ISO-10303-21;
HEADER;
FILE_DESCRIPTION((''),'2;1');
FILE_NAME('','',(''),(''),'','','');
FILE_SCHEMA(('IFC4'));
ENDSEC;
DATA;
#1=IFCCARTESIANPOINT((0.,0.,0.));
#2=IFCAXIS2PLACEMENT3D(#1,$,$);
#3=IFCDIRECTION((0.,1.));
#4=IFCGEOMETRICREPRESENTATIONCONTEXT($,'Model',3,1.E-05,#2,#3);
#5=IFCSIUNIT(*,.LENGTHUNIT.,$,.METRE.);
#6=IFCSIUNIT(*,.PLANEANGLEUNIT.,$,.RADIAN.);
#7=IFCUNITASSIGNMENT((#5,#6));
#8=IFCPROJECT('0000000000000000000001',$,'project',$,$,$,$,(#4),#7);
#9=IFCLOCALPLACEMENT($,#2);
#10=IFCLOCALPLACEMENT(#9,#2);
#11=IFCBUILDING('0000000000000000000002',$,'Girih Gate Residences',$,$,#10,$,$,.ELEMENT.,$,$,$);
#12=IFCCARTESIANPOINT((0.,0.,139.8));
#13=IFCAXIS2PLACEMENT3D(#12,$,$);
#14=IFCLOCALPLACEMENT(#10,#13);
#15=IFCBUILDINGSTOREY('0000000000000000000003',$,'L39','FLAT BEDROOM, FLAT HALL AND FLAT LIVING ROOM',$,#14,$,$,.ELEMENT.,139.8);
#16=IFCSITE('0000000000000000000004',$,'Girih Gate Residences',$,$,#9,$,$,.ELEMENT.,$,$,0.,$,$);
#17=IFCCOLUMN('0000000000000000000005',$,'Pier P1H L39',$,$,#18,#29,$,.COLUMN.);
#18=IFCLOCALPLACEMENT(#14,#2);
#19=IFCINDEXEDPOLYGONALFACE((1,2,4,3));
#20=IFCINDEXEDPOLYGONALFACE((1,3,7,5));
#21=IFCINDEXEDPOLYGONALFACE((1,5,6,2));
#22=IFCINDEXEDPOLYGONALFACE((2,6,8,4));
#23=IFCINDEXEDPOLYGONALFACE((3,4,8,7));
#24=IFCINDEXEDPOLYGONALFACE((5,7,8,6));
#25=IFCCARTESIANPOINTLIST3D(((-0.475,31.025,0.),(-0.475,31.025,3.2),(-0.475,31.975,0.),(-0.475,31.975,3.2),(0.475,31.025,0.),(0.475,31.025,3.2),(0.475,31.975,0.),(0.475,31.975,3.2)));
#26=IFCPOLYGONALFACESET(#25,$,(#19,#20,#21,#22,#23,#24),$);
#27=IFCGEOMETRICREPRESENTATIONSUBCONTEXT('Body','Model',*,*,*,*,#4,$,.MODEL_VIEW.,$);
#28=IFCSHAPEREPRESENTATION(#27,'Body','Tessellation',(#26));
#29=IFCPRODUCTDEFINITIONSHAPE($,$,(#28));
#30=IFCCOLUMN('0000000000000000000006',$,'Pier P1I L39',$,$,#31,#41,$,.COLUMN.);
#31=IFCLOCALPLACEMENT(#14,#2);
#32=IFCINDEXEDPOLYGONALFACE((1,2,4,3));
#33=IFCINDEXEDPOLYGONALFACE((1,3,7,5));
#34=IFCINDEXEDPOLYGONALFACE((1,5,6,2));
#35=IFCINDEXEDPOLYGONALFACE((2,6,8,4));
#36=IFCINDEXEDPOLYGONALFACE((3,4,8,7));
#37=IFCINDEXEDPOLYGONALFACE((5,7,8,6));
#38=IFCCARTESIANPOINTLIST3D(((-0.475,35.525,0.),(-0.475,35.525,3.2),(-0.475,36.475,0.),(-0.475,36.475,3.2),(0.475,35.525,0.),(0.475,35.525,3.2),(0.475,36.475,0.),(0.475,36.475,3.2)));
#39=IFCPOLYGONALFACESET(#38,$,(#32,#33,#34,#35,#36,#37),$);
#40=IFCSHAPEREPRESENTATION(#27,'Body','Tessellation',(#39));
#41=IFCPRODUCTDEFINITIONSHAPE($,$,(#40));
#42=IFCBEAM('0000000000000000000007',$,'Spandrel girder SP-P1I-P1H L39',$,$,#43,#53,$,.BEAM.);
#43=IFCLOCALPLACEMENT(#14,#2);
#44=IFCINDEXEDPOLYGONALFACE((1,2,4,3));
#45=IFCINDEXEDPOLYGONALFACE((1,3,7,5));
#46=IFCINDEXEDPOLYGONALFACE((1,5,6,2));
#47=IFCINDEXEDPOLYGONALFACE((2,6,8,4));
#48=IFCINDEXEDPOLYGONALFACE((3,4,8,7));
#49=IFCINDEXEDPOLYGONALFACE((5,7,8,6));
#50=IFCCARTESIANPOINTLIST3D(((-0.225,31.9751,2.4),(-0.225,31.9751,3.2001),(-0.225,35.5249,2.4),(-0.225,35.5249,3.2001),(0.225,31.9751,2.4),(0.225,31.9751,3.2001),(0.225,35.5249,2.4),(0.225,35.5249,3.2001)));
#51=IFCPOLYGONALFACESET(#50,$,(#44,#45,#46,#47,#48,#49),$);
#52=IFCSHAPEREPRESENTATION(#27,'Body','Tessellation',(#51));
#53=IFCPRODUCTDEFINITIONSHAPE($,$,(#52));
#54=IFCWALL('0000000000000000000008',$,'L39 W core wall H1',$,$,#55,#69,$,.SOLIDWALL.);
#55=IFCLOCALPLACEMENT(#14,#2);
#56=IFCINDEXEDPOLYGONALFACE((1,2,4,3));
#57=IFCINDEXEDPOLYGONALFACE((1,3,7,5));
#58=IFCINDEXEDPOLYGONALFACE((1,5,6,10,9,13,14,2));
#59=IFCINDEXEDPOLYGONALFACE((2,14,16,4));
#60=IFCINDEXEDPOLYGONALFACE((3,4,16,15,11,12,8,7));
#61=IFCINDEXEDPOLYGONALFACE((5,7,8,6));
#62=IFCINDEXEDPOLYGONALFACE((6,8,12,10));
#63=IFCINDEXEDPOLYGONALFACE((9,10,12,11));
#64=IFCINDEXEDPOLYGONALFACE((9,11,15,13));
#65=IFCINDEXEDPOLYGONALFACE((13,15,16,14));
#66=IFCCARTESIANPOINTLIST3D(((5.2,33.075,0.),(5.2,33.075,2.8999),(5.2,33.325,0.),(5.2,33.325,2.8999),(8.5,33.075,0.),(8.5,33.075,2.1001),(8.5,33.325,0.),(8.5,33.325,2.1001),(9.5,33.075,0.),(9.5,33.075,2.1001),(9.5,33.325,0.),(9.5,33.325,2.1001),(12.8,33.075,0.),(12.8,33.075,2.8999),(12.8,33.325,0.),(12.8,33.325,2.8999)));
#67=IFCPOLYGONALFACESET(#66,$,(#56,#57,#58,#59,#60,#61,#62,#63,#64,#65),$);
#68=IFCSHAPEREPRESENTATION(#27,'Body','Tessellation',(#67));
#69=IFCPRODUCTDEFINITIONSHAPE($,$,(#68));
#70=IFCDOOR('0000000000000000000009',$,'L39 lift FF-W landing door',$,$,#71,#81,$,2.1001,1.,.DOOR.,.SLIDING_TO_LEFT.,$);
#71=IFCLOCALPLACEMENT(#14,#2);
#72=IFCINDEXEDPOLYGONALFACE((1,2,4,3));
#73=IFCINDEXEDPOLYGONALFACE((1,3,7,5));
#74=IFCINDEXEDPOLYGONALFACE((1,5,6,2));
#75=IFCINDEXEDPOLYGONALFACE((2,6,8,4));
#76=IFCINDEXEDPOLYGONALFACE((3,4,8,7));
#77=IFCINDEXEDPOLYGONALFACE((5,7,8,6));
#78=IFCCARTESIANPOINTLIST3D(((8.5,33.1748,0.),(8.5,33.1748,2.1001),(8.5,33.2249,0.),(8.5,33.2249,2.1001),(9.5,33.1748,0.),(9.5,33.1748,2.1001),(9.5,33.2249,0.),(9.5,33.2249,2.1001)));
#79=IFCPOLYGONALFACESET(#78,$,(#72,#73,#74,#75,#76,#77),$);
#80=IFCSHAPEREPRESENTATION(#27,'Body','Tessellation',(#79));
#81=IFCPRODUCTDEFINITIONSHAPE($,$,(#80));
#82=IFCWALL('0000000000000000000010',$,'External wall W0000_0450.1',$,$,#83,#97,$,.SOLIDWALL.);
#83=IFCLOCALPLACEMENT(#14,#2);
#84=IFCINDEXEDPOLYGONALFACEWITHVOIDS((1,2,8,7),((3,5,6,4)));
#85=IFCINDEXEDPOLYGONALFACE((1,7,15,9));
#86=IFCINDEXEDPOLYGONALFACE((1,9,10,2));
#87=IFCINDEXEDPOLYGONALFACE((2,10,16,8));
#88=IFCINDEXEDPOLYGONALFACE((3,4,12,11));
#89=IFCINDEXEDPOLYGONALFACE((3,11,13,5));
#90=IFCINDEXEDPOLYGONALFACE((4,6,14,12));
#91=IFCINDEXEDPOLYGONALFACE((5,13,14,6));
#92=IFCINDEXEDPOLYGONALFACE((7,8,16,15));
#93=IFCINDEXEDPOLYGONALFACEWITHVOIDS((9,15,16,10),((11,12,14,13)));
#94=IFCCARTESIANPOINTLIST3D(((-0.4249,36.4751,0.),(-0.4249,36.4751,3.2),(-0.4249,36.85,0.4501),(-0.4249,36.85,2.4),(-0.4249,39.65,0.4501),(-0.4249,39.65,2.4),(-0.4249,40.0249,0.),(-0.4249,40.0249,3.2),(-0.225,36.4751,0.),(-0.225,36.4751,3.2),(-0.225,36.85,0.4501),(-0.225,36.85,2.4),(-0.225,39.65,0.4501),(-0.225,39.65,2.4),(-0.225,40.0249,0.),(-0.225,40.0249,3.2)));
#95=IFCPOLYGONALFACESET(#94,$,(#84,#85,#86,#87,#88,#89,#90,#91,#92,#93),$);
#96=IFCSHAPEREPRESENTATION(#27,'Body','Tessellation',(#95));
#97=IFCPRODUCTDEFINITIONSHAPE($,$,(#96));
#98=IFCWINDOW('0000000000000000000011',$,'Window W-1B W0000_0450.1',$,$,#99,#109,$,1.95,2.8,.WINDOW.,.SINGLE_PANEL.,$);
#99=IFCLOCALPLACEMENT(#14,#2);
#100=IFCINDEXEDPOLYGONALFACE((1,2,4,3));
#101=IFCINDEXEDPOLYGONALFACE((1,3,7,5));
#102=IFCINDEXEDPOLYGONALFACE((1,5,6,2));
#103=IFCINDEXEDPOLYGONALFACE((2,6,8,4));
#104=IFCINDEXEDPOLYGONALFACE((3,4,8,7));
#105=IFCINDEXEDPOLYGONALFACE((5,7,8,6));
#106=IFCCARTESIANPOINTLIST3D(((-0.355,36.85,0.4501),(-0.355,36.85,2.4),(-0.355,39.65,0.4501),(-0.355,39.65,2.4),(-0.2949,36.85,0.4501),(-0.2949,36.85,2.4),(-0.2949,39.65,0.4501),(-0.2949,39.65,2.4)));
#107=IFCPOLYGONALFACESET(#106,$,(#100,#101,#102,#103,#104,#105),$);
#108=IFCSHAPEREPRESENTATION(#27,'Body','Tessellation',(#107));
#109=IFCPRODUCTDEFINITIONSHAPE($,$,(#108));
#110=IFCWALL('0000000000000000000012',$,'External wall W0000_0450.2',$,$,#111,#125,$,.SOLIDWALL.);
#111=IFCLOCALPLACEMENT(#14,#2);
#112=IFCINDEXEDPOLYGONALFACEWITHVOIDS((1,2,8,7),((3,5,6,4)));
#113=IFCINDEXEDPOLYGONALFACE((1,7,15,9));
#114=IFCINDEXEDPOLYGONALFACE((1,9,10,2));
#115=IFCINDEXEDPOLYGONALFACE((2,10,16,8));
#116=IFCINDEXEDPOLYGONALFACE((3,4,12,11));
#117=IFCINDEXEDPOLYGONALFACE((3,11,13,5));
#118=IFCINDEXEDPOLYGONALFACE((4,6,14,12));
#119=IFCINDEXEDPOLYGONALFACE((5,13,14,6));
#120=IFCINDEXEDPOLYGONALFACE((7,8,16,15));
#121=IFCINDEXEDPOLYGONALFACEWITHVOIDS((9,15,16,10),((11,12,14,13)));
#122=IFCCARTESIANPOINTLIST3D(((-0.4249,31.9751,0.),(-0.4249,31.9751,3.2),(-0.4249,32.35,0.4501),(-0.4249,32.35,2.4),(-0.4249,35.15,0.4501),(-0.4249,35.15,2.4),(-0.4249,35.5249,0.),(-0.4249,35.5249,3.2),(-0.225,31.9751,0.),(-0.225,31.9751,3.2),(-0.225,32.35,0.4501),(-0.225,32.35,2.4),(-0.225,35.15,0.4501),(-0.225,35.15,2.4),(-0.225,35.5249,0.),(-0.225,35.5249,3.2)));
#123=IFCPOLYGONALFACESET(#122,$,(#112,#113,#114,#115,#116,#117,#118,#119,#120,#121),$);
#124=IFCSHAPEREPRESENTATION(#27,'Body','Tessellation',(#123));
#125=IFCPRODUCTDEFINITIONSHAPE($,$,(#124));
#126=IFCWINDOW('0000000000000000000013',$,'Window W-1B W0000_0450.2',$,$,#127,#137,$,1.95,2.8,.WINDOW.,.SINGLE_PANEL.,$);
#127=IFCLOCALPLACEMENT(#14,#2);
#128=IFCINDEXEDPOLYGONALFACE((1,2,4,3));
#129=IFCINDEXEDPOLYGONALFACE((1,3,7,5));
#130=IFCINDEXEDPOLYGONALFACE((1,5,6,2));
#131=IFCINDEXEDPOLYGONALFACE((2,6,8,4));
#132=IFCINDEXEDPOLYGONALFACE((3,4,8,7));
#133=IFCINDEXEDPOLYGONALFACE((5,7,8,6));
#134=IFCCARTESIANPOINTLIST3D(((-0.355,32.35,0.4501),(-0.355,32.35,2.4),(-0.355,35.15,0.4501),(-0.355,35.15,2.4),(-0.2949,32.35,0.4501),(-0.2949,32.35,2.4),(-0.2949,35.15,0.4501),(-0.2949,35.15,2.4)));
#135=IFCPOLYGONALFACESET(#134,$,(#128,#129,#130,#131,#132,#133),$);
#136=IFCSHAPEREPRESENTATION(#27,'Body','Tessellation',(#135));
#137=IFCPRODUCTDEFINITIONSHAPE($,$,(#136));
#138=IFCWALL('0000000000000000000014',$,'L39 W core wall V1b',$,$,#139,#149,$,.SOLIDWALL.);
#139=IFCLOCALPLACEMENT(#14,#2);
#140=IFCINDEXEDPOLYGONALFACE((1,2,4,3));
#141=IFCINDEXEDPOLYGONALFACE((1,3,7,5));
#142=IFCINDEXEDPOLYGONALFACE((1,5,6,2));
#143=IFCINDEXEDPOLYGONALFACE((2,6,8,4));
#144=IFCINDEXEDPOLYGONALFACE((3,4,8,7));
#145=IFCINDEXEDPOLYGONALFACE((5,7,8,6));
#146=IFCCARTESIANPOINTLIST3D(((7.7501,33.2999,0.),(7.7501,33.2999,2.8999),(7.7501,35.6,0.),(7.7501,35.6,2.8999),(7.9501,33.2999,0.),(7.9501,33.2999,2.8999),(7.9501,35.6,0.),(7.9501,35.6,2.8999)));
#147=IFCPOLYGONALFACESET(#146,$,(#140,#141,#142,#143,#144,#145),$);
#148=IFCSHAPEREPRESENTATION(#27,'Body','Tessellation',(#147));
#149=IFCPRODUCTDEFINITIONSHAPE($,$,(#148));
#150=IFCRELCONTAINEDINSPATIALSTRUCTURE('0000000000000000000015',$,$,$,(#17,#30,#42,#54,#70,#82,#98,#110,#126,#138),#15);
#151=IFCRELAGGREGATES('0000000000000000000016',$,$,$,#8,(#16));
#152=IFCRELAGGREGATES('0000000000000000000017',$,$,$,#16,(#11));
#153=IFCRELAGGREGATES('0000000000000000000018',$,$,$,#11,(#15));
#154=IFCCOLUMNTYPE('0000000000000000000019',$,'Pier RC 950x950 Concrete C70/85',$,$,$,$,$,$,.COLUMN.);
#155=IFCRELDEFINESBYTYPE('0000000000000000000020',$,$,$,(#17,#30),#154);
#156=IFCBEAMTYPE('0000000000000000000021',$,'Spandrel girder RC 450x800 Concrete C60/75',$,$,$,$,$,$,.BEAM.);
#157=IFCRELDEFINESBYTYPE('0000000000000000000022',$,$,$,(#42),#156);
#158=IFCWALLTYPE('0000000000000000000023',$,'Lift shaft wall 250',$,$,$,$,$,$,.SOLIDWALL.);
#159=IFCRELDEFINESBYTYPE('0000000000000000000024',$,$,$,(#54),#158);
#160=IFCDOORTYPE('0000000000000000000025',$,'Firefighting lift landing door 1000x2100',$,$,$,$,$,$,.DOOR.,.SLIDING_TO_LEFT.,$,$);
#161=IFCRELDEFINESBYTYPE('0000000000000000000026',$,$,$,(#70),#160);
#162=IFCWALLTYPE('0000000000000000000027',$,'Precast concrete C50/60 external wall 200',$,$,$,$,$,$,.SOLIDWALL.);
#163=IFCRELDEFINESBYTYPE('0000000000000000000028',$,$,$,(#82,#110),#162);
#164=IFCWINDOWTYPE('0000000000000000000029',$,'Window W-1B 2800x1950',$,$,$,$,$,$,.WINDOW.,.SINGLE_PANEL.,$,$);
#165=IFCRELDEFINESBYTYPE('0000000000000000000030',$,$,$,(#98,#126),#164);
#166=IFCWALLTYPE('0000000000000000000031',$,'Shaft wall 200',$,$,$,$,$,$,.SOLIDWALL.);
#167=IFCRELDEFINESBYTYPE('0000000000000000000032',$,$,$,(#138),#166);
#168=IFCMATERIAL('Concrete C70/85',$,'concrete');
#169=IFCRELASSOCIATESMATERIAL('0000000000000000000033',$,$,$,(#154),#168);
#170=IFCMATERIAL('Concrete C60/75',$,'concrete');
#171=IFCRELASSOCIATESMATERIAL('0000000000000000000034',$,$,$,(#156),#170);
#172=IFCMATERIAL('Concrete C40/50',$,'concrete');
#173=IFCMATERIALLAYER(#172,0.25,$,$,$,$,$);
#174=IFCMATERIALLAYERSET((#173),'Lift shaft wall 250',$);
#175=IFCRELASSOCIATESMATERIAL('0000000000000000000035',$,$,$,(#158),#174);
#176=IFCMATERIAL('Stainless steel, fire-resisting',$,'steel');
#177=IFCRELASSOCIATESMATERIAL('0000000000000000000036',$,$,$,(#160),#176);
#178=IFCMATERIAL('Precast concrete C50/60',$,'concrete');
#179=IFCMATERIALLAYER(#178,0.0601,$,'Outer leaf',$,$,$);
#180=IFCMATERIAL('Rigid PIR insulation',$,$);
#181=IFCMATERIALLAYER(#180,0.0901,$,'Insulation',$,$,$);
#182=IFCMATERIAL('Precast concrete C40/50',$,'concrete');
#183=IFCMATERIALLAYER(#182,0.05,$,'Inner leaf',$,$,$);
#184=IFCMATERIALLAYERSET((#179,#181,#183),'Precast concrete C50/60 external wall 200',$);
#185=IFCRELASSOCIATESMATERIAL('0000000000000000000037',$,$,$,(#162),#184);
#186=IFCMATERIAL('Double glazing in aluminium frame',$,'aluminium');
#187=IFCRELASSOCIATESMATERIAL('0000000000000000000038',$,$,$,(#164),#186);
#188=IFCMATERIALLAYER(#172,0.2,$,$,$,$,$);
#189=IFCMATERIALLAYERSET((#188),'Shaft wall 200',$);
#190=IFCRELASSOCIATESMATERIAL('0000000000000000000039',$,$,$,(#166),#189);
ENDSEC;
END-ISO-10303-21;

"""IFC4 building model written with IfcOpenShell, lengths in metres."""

from ifc_helpers import new_model, si_unit, direction, frame, frame_2d, origin, origin_2d, place, context, subcontext, project, spatial, rectangle, extrude, material, layer, layer_set, material_profile, profile_set, type_object, element, fill, save


model = new_model("IFC4")

# Units and contexts
model_context = context("Model", 3, precision=1e-05, world=origin(), true_north=direction((0.0, 1.0)))
body_context = subcontext(model_context, "Body", "Model", "MODEL_VIEW")
ifc_project = project(units=[si_unit("LENGTHUNIT", "METRE"), si_unit("PLANEANGLEUNIT", "RADIAN")], contexts=[model_context])

# Site, building, storey
site_placement = place(None, origin())
site = spatial("IfcSite", under=ifc_project, at=site_placement, Name="Girih Gate Residences", CompositionType="ELEMENT", RefElevation=0.0)
building_placement = place(site_placement, origin())
building = spatial("IfcBuilding", under=site, at=building_placement, Name="Girih Gate Residences", CompositionType="ELEMENT")
storey_placement = place(building_placement, frame((0.0, 0.0, 139.8)))
storey = spatial("IfcBuildingStorey", under=building, at=storey_placement, Name="L39", Description="FLAT BEDROOM, FLAT HALL AND FLAT LIVING ROOM", CompositionType="ELEMENT", Elevation=139.8)

# Columns
ifc_material_1 = material(Name="Concrete C70/85", Category="concrete")
ifc_material_profile_1 = material_profile(ifc_material_1, rectangle(XDim=0.95, YDim=0.95, at=origin_2d()))
ifc_profile_set_1 = profile_set([ifc_material_profile_1], Name="Concrete C70/85")
column_type = type_object("IfcColumnType", Name="Pier RC 950x950 Concrete C70/85", PredefinedType="COLUMN", material=ifc_profile_set_1)
for number, where, z_axis, x_axis, name in (
    (1, (0.0, 31.5, 0.0), (0.0, 0.0, 1.0), (1.0, 0.0, 0.0), "Pier P1H L39"),
    (2, (0.0, 36.0, 0.0), (0.0, 0.0, 1.0), (1.0, 0.0, 0.0), "Pier P1I L39"),
):
    element("IfcColumn", number, at=place(storey_placement, frame(where, z_axis=z_axis, x_axis=x_axis)), inside=storey, type_object=column_type, Name=name, PredefinedType="COLUMN", context=body_context, shape_type="SweptSolid", body=[
        extrude(rectangle(XDim=0.95, YDim=0.95, at=origin_2d()), origin(), (0.0, 0.0, 1.0), 3.2),
    ])

# Beam
ifc_material_2 = material(Name="Concrete C60/75", Category="concrete")
ifc_material_profile_2 = material_profile(ifc_material_2, rectangle(XDim=0.45, YDim=0.8, at=origin_2d()))
ifc_profile_set_2 = profile_set([ifc_material_profile_2], Name="Concrete C60/75")
beam_type = type_object("IfcBeamType", Name="Spandrel girder RC 450x800 Concrete C60/75", PredefinedType="BEAM", material=ifc_profile_set_2)
beam_placement = place(storey_placement, frame((0.0, 35.5249, 2.8), z_axis=(0.0, -1.0, 0.0), x_axis=(1.0, 0.0, 0.0)))
element("IfcBeam", 3, at=beam_placement, inside=storey, type_object=beam_type, Name="Spandrel girder SP-P1I-P1H L39", PredefinedType="BEAM", context=body_context, shape_type="SweptSolid", body=[
    extrude(rectangle(XDim=0.45, YDim=0.8, at=origin_2d()), origin(), (0.0, 0.0, 1.0), 3.5498),
])

# Wall, opening, door
ifc_material_3 = material(Name="Concrete C40/50", Category="concrete")
ifc_layer_1 = layer(ifc_material_3, 0.25)
ifc_layer_set_1 = layer_set([ifc_layer_1], Name="Lift shaft wall 250")
wall_type_1 = type_object("IfcWallType", Name="Lift shaft wall 250", PredefinedType="SOLIDWALL", material=ifc_layer_set_1)
wall_1_placement = place(storey_placement, frame((5.2, 33.2, 0.0), z_axis=(0.0, 0.0, 1.0), x_axis=(1.0, 0.0, 0.0)))
wall_1 = element("IfcWall", 4, at=wall_1_placement, inside=storey, type_object=wall_type_1, Name="L39 W core wall H1", PredefinedType="SOLIDWALL", context=body_context, shape_type="SweptSolid", body=[
    extrude(rectangle(XDim=7.6001, YDim=0.25, at=frame_2d((3.8, 0.0))), origin(), (0.0, 0.0, 1.0), 2.8999),
])
opening_1_placement = place(wall_1_placement, frame((3.3, 0.0, 0.0)))
opening_1 = element("IfcOpeningElement", 5, at=opening_1_placement, cuts=wall_1, PredefinedType="OPENING", context=body_context, shape_type="SweptSolid", body=[
    extrude(rectangle(XDim=1.0, YDim=2.1001, at=frame_2d((0.5, 1.05))), frame((0.0, 0.135, 0.0), z_axis=(0.0, -1.0, 0.0), x_axis=(1.0, 0.0, 0.0)), (0.0, 0.0, 1.0), 0.27),
])
ifc_material_4 = material(Name="Stainless steel, fire-resisting", Category="steel")
door_type_1 = type_object("IfcDoorType", Name="Firefighting lift landing door 1000x2100", OperationType="SLIDING_TO_LEFT", PredefinedType="DOOR", material=ifc_material_4)
door_1_placement = place(opening_1_placement, origin())
door_1 = element("IfcDoor", 6, at=door_1_placement, inside=storey, type_object=door_type_1, Name="L39 lift FF-W landing door", OperationType="SLIDING_TO_LEFT", OverallHeight=2.1001, OverallWidth=1.0, PredefinedType="DOOR", context=body_context, shape_type="SweptSolid", body=[
    extrude(rectangle(XDim=1.0, YDim=2.1001, at=frame_2d((0.5, 1.05))), frame((0.0, 0.0249, 0.0), z_axis=(0.0, -1.0, 0.0), x_axis=(1.0, 0.0, 0.0)), (0.0, 0.0, 1.0), 0.05),
])
fill(opening_1, door_1)

# Walls, openings, windows
ifc_material_5 = material(Name="Precast concrete C50/60", Category="concrete")
ifc_layer_2 = layer(ifc_material_5, 0.0601, Name="Outer leaf")
ifc_material_6 = material(Name="Rigid PIR insulation")
ifc_layer_3 = layer(ifc_material_6, 0.0901, Name="Insulation")
ifc_material_7 = material(Name="Precast concrete C40/50", Category="concrete")
ifc_layer_4 = layer(ifc_material_7, 0.05, Name="Inner leaf")
ifc_layer_set_2 = layer_set([ifc_layer_2, ifc_layer_3, ifc_layer_4], Name="Precast concrete C50/60 external wall 200")
wall_type_2 = type_object("IfcWallType", Name="Precast concrete C50/60 external wall 200", PredefinedType="SOLIDWALL", material=ifc_layer_set_2)
wall_2_placement = place(storey_placement, frame((-0.325, 36.4751, 0.0), z_axis=(0.0, 0.0, 1.0), x_axis=(0.0, 1.0, 0.0)))
wall_2 = element("IfcWall", 7, at=wall_2_placement, inside=storey, type_object=wall_type_2, Name="External wall W0000_0450.1", PredefinedType="SOLIDWALL", context=body_context, shape_type="SweptSolid", body=[
    extrude(rectangle(XDim=3.5498, YDim=0.2, at=frame_2d((1.7749, 0.0))), origin(), (0.0, 0.0, 1.0), 3.2),
])
opening_2_placement = place(wall_2_placement, frame((0.375, 0.0, 0.45)))
opening_2 = element("IfcOpeningElement", 8, at=opening_2_placement, cuts=wall_2, PredefinedType="OPENING", context=body_context, shape_type="SweptSolid", body=[
    extrude(rectangle(XDim=2.8, YDim=1.95, at=frame_2d((1.3999, 0.9751))), frame((0.0, 0.1099, 0.0), z_axis=(0.0, -1.0, 0.0), x_axis=(1.0, 0.0, 0.0)), (0.0, 0.0, 1.0), 0.22),
])
ifc_material_8 = material(Name="Double glazing in aluminium frame", Category="aluminium")
window_type = type_object("IfcWindowType", Name="Window W-1B 2800x1950", PartitioningType="SINGLE_PANEL", PredefinedType="WINDOW", material=ifc_material_8)
window_1_placement = place(opening_2_placement, origin())
window_1 = element("IfcWindow", 9, at=window_1_placement, inside=storey, type_object=window_type, Name="Window W-1B W0000_0450.1", OverallHeight=1.95, OverallWidth=2.8, PartitioningType="SINGLE_PANEL", PredefinedType="WINDOW", context=body_context, shape_type="SweptSolid", body=[
    extrude(rectangle(XDim=2.8, YDim=1.95, at=frame_2d((1.3999, 0.9751))), frame((0.0, 0.03, 0.0), z_axis=(0.0, -1.0, 0.0), x_axis=(1.0, 0.0, 0.0)), (0.0, 0.0, 1.0), 0.0601),
])
fill(opening_2, window_1)
wall_3_placement = place(storey_placement, frame((-0.325, 31.9751, 0.0), z_axis=(0.0, 0.0, 1.0), x_axis=(0.0, 1.0, 0.0)))
wall_3 = element("IfcWall", 10, at=wall_3_placement, inside=storey, type_object=wall_type_2, Name="External wall W0000_0450.2", PredefinedType="SOLIDWALL", context=body_context, shape_type="SweptSolid", body=[
    extrude(rectangle(XDim=3.5498, YDim=0.2, at=frame_2d((1.7749, 0.0))), origin(), (0.0, 0.0, 1.0), 3.2),
])
opening_3_placement = place(wall_3_placement, frame((0.375, 0.0, 0.45)))
opening_3 = element("IfcOpeningElement", 11, at=opening_3_placement, cuts=wall_3, PredefinedType="OPENING", context=body_context, shape_type="SweptSolid", body=[
    extrude(rectangle(XDim=2.8, YDim=1.95, at=frame_2d((1.3999, 0.9751))), frame((0.0, 0.1099, 0.0), z_axis=(0.0, -1.0, 0.0), x_axis=(1.0, 0.0, 0.0)), (0.0, 0.0, 1.0), 0.22),
])
window_2_placement = place(opening_3_placement, origin())
window_2 = element("IfcWindow", 12, at=window_2_placement, inside=storey, type_object=window_type, Name="Window W-1B W0000_0450.2", OverallHeight=1.95, OverallWidth=2.8, PartitioningType="SINGLE_PANEL", PredefinedType="WINDOW", context=body_context, shape_type="SweptSolid", body=[
    extrude(rectangle(XDim=2.8, YDim=1.95, at=frame_2d((1.3999, 0.9751))), frame((0.0, 0.03, 0.0), z_axis=(0.0, -1.0, 0.0), x_axis=(1.0, 0.0, 0.0)), (0.0, 0.0, 1.0), 0.0601),
])
fill(opening_3, window_2)

# Wall
ifc_layer_5 = layer(ifc_material_3, 0.2)
ifc_layer_set_3 = layer_set([ifc_layer_5], Name="Shaft wall 200")
wall_type_3 = type_object("IfcWallType", Name="Shaft wall 200", PredefinedType="SOLIDWALL", material=ifc_layer_set_3)
wall_4_placement = place(storey_placement, frame((7.8501, 33.3, 0.0), z_axis=(0.0, 0.0, 1.0), x_axis=(0.0, 1.0, 0.0)))
element("IfcWall", 13, at=wall_4_placement, inside=storey, type_object=wall_type_3, Name="L39 W core wall V1b", PredefinedType="SOLIDWALL", context=body_context, shape_type="SweptSolid", body=[
    extrude(rectangle(XDim=2.3, YDim=0.2, at=frame_2d((1.1499, 0.0))), origin(), (0.0, 0.0, 1.0), 2.8999),
])

save(model, "model.ifc")
